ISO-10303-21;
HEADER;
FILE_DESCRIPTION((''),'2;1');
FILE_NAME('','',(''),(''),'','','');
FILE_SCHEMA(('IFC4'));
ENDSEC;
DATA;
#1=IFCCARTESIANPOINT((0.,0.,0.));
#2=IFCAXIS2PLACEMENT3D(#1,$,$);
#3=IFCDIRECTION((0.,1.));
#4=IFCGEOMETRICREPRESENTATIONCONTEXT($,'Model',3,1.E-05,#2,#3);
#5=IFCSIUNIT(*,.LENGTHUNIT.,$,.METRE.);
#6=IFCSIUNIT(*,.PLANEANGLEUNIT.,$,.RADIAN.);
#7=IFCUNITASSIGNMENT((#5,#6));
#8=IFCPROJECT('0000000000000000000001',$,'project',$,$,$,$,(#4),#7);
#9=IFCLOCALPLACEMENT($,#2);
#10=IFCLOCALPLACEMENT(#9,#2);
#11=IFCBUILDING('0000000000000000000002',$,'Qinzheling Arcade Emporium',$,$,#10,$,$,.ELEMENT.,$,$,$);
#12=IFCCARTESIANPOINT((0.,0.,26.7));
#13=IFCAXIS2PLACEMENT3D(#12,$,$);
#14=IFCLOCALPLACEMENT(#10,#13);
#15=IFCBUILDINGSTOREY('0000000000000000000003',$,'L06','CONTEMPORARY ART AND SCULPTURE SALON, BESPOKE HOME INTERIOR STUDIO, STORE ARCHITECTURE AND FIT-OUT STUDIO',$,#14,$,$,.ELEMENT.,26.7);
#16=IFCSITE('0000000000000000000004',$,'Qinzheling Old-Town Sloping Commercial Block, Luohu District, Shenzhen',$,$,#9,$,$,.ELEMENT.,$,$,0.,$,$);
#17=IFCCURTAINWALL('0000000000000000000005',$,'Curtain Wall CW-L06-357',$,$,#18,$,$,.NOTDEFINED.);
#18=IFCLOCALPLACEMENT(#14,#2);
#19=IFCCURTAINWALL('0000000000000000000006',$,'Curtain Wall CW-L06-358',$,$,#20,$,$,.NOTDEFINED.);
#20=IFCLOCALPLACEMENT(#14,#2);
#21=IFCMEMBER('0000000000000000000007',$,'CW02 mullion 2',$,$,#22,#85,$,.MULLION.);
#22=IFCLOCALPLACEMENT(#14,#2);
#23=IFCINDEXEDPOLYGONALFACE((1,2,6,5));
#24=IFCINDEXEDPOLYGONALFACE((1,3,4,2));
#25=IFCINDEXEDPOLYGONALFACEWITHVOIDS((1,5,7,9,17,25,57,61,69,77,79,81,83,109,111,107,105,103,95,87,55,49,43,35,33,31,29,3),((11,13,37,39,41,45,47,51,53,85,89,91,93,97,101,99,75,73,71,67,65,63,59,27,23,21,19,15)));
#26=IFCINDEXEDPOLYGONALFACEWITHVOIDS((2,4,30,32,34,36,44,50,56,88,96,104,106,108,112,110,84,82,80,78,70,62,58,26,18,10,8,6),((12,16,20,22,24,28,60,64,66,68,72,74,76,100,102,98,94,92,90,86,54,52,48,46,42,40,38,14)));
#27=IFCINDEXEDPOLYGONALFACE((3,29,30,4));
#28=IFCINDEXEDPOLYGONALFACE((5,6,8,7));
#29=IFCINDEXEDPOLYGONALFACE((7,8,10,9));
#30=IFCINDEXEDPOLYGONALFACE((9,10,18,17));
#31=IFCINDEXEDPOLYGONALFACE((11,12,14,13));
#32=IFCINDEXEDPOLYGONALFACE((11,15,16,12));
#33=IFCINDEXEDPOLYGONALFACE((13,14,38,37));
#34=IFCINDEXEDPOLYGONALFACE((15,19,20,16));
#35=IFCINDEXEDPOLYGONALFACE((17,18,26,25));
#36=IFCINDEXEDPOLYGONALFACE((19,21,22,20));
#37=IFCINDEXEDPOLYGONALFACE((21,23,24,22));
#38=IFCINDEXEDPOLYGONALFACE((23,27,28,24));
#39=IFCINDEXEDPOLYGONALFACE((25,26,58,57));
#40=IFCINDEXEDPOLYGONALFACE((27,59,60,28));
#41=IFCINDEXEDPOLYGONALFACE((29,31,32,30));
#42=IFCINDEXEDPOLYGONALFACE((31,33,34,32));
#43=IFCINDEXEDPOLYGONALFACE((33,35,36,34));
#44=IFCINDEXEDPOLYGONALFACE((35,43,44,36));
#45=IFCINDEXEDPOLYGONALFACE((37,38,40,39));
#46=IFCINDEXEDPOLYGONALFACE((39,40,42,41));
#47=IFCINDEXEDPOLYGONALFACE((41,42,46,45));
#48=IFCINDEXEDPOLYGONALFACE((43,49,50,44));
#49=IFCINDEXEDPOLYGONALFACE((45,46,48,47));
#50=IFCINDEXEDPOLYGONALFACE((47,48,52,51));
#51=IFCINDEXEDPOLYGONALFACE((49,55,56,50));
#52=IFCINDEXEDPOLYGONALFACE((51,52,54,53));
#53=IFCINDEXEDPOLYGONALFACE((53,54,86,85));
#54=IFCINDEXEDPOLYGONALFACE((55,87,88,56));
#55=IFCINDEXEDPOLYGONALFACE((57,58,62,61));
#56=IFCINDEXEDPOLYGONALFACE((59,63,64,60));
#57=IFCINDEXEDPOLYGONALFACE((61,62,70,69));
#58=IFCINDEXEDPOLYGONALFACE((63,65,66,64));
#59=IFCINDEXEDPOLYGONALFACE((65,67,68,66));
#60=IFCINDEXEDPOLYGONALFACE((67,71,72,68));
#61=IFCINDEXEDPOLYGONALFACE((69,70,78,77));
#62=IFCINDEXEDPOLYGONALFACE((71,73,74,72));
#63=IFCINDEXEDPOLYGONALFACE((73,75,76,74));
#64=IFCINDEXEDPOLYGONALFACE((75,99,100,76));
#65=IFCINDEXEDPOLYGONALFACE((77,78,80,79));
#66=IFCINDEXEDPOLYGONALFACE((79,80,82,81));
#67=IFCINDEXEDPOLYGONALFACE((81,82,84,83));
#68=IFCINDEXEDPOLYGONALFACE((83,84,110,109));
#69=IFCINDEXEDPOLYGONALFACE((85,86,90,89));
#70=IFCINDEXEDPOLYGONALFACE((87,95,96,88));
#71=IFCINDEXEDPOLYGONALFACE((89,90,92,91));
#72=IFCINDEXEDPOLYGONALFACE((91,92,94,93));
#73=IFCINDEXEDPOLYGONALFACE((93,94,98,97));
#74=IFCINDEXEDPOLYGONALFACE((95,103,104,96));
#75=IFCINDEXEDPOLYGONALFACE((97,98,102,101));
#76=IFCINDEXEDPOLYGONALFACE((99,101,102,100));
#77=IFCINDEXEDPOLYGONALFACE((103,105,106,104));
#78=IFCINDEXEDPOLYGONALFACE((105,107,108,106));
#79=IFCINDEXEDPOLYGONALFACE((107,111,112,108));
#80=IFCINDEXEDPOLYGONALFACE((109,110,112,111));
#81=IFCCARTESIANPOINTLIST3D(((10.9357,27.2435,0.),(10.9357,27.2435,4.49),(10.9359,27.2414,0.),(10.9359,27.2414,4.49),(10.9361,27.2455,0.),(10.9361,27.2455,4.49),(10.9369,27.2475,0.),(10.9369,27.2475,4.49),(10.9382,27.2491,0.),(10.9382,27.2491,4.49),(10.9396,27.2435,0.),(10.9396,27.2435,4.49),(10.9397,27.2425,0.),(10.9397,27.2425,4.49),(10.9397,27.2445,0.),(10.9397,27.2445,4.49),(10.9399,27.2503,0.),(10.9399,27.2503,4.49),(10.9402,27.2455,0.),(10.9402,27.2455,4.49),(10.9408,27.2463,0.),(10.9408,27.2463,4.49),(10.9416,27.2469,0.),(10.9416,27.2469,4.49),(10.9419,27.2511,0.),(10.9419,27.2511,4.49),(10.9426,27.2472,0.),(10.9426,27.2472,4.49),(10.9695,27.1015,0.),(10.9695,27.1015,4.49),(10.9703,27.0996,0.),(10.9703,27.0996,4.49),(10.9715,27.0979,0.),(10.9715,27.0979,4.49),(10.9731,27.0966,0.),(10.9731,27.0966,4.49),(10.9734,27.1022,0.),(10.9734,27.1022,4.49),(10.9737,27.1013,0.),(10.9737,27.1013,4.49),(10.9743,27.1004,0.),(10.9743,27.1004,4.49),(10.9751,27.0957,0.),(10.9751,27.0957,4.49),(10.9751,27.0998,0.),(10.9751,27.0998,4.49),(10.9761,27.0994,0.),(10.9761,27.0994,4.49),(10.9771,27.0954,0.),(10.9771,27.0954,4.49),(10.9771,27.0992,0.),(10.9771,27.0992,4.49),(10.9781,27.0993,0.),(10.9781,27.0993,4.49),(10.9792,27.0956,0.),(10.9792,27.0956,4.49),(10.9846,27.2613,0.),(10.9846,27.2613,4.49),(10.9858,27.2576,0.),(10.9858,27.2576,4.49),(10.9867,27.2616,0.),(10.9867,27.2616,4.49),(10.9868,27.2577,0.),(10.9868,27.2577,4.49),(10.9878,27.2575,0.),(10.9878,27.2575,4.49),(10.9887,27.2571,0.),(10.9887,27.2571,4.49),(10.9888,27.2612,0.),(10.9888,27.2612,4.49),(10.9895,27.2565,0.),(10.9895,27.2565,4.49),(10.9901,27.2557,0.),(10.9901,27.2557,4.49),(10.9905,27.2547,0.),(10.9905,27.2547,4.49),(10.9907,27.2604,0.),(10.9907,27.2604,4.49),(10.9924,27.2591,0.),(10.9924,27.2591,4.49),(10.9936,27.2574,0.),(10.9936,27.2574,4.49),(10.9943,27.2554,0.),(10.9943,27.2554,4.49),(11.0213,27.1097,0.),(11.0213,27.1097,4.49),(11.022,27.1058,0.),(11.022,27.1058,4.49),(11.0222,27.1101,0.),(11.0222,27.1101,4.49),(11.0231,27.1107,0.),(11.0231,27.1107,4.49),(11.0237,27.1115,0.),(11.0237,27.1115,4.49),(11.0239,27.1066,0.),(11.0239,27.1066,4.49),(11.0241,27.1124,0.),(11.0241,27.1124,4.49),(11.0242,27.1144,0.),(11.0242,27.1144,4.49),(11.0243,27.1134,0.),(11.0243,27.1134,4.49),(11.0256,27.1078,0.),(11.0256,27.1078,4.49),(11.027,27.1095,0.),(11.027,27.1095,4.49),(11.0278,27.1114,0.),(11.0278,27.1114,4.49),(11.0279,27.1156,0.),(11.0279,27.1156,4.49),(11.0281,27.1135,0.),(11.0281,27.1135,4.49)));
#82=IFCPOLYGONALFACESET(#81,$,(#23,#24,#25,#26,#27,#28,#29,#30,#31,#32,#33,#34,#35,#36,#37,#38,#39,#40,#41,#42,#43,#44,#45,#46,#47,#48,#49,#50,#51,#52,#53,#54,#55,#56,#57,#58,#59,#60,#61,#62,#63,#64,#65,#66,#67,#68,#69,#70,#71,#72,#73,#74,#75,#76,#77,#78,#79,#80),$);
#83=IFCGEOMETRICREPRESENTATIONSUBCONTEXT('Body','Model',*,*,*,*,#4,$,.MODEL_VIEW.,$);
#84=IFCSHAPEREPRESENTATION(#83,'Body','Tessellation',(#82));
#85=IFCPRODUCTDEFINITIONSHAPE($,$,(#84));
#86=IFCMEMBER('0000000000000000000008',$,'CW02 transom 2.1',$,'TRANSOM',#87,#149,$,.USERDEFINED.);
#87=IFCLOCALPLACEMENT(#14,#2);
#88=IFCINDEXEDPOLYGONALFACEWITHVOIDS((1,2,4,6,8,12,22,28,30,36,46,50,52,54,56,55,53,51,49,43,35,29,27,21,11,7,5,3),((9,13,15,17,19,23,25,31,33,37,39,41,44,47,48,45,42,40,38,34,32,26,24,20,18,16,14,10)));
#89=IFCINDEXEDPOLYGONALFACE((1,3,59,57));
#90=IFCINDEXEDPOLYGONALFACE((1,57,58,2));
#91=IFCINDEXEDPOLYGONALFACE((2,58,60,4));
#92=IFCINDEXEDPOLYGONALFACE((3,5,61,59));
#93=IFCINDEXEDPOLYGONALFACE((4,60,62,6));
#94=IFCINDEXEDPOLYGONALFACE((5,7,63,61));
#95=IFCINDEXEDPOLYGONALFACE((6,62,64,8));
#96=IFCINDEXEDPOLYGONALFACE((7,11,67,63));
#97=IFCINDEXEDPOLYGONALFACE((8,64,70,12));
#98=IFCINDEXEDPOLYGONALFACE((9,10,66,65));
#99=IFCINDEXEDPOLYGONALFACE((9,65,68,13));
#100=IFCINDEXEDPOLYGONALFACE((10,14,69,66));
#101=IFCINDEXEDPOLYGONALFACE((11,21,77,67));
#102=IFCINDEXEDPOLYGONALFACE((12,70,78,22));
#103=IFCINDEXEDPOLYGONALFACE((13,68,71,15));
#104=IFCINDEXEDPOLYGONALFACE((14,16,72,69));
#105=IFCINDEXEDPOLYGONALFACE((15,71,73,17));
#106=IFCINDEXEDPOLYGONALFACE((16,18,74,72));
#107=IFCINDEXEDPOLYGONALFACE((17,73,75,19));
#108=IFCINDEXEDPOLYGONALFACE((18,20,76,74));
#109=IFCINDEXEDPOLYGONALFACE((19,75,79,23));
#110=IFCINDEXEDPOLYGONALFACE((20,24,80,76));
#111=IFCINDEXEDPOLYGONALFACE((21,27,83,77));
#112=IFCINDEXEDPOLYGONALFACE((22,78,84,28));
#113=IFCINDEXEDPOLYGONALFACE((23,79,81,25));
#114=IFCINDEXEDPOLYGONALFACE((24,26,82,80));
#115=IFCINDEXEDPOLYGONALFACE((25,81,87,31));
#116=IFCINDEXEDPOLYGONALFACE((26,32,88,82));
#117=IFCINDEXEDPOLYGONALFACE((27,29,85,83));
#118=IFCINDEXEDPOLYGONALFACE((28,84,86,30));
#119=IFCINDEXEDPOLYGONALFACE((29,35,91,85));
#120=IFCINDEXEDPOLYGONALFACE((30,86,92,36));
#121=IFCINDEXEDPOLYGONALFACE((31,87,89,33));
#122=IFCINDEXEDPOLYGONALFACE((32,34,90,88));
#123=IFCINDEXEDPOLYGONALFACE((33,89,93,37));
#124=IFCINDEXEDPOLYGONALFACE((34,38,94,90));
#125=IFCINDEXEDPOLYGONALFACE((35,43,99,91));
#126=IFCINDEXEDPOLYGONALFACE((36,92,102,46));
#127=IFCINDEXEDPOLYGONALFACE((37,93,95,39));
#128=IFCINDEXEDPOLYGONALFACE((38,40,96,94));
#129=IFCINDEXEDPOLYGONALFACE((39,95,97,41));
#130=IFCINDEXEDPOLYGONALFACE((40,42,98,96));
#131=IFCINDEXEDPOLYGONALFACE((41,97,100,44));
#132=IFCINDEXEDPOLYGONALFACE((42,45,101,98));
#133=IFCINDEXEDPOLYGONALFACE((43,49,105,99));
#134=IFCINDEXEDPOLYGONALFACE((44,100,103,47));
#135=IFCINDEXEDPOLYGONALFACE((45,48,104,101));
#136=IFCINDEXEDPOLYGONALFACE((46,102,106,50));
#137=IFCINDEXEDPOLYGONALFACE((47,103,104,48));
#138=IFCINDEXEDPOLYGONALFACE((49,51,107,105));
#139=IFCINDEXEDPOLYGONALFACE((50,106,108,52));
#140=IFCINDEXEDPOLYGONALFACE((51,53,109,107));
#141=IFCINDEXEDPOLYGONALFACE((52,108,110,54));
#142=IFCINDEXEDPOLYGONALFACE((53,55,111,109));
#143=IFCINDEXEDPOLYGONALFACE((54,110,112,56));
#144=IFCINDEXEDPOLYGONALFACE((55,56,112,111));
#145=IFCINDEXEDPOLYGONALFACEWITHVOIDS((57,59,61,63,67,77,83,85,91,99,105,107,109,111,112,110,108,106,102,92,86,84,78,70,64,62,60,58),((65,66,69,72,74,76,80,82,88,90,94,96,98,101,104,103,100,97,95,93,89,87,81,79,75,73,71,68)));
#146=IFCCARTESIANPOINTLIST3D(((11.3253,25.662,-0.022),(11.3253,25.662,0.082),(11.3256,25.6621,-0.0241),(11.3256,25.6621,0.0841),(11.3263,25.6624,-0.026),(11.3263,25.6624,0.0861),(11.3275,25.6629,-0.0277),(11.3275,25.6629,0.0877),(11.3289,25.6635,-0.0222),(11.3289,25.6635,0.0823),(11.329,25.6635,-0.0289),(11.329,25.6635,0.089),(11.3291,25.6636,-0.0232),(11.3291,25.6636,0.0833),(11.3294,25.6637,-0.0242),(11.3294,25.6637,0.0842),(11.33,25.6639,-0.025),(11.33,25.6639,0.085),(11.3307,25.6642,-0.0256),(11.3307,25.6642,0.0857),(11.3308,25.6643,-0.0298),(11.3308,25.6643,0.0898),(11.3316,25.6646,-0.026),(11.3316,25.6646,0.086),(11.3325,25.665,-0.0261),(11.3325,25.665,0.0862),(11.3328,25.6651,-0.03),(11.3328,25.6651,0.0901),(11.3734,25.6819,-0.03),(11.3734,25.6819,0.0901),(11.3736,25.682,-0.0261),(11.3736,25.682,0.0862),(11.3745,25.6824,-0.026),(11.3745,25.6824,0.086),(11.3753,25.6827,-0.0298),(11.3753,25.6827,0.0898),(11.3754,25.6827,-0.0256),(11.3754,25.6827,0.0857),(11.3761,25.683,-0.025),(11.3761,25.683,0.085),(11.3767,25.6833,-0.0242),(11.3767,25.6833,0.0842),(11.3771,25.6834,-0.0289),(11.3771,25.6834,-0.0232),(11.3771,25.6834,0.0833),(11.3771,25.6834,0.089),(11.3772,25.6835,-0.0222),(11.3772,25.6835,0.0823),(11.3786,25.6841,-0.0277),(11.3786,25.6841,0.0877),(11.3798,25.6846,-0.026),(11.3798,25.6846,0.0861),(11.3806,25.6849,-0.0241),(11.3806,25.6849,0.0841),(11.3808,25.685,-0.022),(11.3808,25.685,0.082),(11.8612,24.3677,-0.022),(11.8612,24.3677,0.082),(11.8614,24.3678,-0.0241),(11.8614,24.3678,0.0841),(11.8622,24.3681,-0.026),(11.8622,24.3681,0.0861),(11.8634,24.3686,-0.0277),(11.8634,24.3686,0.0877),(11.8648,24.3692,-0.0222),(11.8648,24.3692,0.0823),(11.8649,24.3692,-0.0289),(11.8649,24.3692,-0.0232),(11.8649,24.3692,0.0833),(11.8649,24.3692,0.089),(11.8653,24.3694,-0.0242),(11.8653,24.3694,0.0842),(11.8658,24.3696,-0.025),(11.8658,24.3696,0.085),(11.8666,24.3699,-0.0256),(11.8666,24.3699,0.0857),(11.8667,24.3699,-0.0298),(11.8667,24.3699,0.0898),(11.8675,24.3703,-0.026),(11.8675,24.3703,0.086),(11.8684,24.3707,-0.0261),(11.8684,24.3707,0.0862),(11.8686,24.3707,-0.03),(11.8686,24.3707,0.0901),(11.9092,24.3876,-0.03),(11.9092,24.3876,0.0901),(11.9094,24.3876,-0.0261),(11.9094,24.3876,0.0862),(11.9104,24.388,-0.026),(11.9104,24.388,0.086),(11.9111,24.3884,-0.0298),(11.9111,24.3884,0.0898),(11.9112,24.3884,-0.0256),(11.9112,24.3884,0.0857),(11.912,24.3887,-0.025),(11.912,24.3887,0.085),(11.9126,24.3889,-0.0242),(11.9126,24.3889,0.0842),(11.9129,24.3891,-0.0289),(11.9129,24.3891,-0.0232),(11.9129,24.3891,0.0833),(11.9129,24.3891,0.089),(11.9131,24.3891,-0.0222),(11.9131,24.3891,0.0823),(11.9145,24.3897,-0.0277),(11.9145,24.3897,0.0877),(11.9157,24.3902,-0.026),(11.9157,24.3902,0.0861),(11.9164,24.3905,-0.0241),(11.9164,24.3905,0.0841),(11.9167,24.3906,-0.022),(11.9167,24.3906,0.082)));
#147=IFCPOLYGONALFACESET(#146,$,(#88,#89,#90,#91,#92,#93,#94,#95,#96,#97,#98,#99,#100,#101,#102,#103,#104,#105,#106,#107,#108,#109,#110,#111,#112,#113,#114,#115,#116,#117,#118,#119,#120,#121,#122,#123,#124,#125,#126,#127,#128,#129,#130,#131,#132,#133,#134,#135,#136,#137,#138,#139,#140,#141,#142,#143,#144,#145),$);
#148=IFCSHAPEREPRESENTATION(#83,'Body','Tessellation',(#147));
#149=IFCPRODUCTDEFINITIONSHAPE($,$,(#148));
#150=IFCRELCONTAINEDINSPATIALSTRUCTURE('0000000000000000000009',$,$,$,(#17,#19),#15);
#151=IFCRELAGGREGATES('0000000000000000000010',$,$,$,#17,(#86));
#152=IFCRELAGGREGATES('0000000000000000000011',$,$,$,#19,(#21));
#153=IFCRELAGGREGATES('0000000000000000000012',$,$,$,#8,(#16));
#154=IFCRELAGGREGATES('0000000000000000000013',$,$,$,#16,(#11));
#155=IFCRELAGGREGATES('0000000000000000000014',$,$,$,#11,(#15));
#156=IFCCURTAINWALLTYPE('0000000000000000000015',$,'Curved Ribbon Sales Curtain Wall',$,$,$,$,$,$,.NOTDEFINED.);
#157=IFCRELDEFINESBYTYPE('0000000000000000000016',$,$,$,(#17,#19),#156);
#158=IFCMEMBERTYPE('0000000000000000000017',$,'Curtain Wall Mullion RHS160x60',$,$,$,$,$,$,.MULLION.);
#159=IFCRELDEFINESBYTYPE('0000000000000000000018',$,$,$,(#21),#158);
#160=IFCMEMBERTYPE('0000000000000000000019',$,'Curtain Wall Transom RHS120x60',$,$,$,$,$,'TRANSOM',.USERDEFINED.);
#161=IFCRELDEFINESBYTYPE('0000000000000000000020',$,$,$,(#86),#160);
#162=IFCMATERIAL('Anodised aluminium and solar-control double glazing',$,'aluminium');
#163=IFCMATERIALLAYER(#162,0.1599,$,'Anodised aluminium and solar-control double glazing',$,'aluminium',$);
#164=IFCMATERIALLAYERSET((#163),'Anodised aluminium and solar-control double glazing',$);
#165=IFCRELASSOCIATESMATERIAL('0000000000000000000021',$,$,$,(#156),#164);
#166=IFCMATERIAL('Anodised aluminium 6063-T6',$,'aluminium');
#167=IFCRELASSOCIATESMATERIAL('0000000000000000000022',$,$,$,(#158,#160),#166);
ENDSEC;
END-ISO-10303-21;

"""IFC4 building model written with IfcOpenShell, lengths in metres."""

from ifc_helpers import new_model, si_unit, direction, frame, origin, origin_2d, place, context, subcontext, project, spatial, hollow_rectangle, extrude, material, layer, layer_set, material_profile, profile_set, type_object, element, aggregate, save


model = new_model("IFC4")

# Units and contexts
model_context = context("Model", 3, precision=1e-05, world=origin(), true_north=direction((0.0, 1.0)))
body_context = subcontext(model_context, "Body", "Model", "MODEL_VIEW")
ifc_project = project(units=[si_unit("LENGTHUNIT", "METRE"), si_unit("PLANEANGLEUNIT", "RADIAN")], contexts=[model_context])

# Site, building, storey
site_placement = place(None, origin())
site = spatial("IfcSite", under=ifc_project, at=site_placement, Name="Qinzheling Old-Town Sloping Commercial Block, Luohu District, Shenzhen", CompositionType="ELEMENT", RefElevation=0.0)
building_placement = place(site_placement, origin())
building = spatial("IfcBuilding", under=site, at=building_placement, Name="Qinzheling Arcade Emporium", CompositionType="ELEMENT")
storey_placement = place(building_placement, frame((0.0, 0.0, 26.7)))
storey = spatial("IfcBuildingStorey", under=building, at=storey_placement, Name="L06", Description="CONTEMPORARY ART AND SCULPTURE SALON, BESPOKE HOME INTERIOR STUDIO, STORE ARCHITECTURE AND FIT-OUT STUDIO", CompositionType="ELEMENT", Elevation=26.7)

# Curtain wall
ifc_material_1 = material(Name="Anodised aluminium and solar-control double glazing", Category="aluminium")
ifc_layer_1 = layer(ifc_material_1, 0.1599, Name="Anodised aluminium and solar-control double glazing", Category="aluminium")
ifc_layer_set_1 = layer_set([ifc_layer_1], Name="Anodised aluminium and solar-control double glazing")
curtain_wall_type = type_object("IfcCurtainWallType", Name="Curved Ribbon Sales Curtain Wall", PredefinedType="NOTDEFINED", material=ifc_layer_set_1)
curtain_wall_1_placement = place(storey_placement, origin())
curtain_wall_1 = element("IfcCurtainWall", 1, at=curtain_wall_1_placement, inside=storey, type_object=curtain_wall_type, Name="Curtain Wall CW-L06-357", PredefinedType="NOTDEFINED")
ifc_material_2 = material(Name="Anodised aluminium 6063-T6", Category="aluminium")
ifc_material_profile_1 = material_profile(ifc_material_2, hollow_rectangle(XDim=0.0601, YDim=0.1599, WallThickness=0.0039, InnerFilletRadius=0.0039, OuterFilletRadius=0.0081, at=origin_2d()), Name="RHS 160x60x4", Category="aluminium")
ifc_profile_set_1 = profile_set([ifc_material_profile_1], Name="Anodised aluminium 6063-T6")
member_type_1 = type_object("IfcMemberType", Name="Curtain Wall Mullion RHS160x60", PredefinedType="MULLION", material=ifc_profile_set_1)

# Curtain wall, member
curtain_wall_2_placement = place(storey_placement, origin())
curtain_wall_2 = element("IfcCurtainWall", 2, at=curtain_wall_2_placement, inside=storey, type_object=curtain_wall_type, Name="Curtain Wall CW-L06-358", PredefinedType="NOTDEFINED")
member_1_placement = place(storey_placement, frame((10.9819, 27.1785, 0.0), z_axis=(0.0, 0.0, 1.0), x_axis=(-0.972369, -0.233449, 0.0)))
member_1 = element("IfcMember", 3, at=member_1_placement, type_object=member_type_1, Name="CW02 mullion 2", PredefinedType="MULLION", context=body_context, shape_type="SweptSolid", body=[
    extrude(hollow_rectangle(XDim=0.0601, YDim=0.1599, WallThickness=0.0039, InnerFilletRadius=0.0039, OuterFilletRadius=0.0081, at=origin_2d()), origin(), (0.0, 0.0, 1.0), 4.49),
])

# Member
ifc_material_profile_2 = material_profile(ifc_material_2, hollow_rectangle(XDim=0.0601, YDim=0.1201, WallThickness=0.0039, InnerFilletRadius=0.0039, OuterFilletRadius=0.0081, at=origin_2d()), Name="RHS 120x60x4", Category="aluminium")
ifc_profile_set_2 = profile_set([ifc_material_profile_2], Name="Anodised aluminium 6063-T6")
member_type_2 = type_object("IfcMemberType", Name="Curtain Wall Transom RHS120x60", ElementType="TRANSOM", PredefinedType="USERDEFINED", material=ifc_profile_set_2)
member_2_placement = place(storey_placement, frame((11.8889, 24.3792, 0.03), z_axis=(-0.382511, 0.923951, 0.0), x_axis=(-0.923951, -0.382511, 0.0)))
member_2 = element("IfcMember", 4, at=member_2_placement, type_object=member_type_2, Name="CW02 transom 2.1", ObjectType="TRANSOM", PredefinedType="USERDEFINED", context=body_context, shape_type="SweptSolid", body=[
    extrude(hollow_rectangle(XDim=0.0601, YDim=0.1201, WallThickness=0.0039, InnerFilletRadius=0.0039, OuterFilletRadius=0.0081, at=origin_2d()), origin(), (0.0, 0.0, 1.0), 1.4009),
])

aggregate(curtain_wall_1, [member_2])
aggregate(curtain_wall_2, [member_1])

save(model, "model.ifc")
